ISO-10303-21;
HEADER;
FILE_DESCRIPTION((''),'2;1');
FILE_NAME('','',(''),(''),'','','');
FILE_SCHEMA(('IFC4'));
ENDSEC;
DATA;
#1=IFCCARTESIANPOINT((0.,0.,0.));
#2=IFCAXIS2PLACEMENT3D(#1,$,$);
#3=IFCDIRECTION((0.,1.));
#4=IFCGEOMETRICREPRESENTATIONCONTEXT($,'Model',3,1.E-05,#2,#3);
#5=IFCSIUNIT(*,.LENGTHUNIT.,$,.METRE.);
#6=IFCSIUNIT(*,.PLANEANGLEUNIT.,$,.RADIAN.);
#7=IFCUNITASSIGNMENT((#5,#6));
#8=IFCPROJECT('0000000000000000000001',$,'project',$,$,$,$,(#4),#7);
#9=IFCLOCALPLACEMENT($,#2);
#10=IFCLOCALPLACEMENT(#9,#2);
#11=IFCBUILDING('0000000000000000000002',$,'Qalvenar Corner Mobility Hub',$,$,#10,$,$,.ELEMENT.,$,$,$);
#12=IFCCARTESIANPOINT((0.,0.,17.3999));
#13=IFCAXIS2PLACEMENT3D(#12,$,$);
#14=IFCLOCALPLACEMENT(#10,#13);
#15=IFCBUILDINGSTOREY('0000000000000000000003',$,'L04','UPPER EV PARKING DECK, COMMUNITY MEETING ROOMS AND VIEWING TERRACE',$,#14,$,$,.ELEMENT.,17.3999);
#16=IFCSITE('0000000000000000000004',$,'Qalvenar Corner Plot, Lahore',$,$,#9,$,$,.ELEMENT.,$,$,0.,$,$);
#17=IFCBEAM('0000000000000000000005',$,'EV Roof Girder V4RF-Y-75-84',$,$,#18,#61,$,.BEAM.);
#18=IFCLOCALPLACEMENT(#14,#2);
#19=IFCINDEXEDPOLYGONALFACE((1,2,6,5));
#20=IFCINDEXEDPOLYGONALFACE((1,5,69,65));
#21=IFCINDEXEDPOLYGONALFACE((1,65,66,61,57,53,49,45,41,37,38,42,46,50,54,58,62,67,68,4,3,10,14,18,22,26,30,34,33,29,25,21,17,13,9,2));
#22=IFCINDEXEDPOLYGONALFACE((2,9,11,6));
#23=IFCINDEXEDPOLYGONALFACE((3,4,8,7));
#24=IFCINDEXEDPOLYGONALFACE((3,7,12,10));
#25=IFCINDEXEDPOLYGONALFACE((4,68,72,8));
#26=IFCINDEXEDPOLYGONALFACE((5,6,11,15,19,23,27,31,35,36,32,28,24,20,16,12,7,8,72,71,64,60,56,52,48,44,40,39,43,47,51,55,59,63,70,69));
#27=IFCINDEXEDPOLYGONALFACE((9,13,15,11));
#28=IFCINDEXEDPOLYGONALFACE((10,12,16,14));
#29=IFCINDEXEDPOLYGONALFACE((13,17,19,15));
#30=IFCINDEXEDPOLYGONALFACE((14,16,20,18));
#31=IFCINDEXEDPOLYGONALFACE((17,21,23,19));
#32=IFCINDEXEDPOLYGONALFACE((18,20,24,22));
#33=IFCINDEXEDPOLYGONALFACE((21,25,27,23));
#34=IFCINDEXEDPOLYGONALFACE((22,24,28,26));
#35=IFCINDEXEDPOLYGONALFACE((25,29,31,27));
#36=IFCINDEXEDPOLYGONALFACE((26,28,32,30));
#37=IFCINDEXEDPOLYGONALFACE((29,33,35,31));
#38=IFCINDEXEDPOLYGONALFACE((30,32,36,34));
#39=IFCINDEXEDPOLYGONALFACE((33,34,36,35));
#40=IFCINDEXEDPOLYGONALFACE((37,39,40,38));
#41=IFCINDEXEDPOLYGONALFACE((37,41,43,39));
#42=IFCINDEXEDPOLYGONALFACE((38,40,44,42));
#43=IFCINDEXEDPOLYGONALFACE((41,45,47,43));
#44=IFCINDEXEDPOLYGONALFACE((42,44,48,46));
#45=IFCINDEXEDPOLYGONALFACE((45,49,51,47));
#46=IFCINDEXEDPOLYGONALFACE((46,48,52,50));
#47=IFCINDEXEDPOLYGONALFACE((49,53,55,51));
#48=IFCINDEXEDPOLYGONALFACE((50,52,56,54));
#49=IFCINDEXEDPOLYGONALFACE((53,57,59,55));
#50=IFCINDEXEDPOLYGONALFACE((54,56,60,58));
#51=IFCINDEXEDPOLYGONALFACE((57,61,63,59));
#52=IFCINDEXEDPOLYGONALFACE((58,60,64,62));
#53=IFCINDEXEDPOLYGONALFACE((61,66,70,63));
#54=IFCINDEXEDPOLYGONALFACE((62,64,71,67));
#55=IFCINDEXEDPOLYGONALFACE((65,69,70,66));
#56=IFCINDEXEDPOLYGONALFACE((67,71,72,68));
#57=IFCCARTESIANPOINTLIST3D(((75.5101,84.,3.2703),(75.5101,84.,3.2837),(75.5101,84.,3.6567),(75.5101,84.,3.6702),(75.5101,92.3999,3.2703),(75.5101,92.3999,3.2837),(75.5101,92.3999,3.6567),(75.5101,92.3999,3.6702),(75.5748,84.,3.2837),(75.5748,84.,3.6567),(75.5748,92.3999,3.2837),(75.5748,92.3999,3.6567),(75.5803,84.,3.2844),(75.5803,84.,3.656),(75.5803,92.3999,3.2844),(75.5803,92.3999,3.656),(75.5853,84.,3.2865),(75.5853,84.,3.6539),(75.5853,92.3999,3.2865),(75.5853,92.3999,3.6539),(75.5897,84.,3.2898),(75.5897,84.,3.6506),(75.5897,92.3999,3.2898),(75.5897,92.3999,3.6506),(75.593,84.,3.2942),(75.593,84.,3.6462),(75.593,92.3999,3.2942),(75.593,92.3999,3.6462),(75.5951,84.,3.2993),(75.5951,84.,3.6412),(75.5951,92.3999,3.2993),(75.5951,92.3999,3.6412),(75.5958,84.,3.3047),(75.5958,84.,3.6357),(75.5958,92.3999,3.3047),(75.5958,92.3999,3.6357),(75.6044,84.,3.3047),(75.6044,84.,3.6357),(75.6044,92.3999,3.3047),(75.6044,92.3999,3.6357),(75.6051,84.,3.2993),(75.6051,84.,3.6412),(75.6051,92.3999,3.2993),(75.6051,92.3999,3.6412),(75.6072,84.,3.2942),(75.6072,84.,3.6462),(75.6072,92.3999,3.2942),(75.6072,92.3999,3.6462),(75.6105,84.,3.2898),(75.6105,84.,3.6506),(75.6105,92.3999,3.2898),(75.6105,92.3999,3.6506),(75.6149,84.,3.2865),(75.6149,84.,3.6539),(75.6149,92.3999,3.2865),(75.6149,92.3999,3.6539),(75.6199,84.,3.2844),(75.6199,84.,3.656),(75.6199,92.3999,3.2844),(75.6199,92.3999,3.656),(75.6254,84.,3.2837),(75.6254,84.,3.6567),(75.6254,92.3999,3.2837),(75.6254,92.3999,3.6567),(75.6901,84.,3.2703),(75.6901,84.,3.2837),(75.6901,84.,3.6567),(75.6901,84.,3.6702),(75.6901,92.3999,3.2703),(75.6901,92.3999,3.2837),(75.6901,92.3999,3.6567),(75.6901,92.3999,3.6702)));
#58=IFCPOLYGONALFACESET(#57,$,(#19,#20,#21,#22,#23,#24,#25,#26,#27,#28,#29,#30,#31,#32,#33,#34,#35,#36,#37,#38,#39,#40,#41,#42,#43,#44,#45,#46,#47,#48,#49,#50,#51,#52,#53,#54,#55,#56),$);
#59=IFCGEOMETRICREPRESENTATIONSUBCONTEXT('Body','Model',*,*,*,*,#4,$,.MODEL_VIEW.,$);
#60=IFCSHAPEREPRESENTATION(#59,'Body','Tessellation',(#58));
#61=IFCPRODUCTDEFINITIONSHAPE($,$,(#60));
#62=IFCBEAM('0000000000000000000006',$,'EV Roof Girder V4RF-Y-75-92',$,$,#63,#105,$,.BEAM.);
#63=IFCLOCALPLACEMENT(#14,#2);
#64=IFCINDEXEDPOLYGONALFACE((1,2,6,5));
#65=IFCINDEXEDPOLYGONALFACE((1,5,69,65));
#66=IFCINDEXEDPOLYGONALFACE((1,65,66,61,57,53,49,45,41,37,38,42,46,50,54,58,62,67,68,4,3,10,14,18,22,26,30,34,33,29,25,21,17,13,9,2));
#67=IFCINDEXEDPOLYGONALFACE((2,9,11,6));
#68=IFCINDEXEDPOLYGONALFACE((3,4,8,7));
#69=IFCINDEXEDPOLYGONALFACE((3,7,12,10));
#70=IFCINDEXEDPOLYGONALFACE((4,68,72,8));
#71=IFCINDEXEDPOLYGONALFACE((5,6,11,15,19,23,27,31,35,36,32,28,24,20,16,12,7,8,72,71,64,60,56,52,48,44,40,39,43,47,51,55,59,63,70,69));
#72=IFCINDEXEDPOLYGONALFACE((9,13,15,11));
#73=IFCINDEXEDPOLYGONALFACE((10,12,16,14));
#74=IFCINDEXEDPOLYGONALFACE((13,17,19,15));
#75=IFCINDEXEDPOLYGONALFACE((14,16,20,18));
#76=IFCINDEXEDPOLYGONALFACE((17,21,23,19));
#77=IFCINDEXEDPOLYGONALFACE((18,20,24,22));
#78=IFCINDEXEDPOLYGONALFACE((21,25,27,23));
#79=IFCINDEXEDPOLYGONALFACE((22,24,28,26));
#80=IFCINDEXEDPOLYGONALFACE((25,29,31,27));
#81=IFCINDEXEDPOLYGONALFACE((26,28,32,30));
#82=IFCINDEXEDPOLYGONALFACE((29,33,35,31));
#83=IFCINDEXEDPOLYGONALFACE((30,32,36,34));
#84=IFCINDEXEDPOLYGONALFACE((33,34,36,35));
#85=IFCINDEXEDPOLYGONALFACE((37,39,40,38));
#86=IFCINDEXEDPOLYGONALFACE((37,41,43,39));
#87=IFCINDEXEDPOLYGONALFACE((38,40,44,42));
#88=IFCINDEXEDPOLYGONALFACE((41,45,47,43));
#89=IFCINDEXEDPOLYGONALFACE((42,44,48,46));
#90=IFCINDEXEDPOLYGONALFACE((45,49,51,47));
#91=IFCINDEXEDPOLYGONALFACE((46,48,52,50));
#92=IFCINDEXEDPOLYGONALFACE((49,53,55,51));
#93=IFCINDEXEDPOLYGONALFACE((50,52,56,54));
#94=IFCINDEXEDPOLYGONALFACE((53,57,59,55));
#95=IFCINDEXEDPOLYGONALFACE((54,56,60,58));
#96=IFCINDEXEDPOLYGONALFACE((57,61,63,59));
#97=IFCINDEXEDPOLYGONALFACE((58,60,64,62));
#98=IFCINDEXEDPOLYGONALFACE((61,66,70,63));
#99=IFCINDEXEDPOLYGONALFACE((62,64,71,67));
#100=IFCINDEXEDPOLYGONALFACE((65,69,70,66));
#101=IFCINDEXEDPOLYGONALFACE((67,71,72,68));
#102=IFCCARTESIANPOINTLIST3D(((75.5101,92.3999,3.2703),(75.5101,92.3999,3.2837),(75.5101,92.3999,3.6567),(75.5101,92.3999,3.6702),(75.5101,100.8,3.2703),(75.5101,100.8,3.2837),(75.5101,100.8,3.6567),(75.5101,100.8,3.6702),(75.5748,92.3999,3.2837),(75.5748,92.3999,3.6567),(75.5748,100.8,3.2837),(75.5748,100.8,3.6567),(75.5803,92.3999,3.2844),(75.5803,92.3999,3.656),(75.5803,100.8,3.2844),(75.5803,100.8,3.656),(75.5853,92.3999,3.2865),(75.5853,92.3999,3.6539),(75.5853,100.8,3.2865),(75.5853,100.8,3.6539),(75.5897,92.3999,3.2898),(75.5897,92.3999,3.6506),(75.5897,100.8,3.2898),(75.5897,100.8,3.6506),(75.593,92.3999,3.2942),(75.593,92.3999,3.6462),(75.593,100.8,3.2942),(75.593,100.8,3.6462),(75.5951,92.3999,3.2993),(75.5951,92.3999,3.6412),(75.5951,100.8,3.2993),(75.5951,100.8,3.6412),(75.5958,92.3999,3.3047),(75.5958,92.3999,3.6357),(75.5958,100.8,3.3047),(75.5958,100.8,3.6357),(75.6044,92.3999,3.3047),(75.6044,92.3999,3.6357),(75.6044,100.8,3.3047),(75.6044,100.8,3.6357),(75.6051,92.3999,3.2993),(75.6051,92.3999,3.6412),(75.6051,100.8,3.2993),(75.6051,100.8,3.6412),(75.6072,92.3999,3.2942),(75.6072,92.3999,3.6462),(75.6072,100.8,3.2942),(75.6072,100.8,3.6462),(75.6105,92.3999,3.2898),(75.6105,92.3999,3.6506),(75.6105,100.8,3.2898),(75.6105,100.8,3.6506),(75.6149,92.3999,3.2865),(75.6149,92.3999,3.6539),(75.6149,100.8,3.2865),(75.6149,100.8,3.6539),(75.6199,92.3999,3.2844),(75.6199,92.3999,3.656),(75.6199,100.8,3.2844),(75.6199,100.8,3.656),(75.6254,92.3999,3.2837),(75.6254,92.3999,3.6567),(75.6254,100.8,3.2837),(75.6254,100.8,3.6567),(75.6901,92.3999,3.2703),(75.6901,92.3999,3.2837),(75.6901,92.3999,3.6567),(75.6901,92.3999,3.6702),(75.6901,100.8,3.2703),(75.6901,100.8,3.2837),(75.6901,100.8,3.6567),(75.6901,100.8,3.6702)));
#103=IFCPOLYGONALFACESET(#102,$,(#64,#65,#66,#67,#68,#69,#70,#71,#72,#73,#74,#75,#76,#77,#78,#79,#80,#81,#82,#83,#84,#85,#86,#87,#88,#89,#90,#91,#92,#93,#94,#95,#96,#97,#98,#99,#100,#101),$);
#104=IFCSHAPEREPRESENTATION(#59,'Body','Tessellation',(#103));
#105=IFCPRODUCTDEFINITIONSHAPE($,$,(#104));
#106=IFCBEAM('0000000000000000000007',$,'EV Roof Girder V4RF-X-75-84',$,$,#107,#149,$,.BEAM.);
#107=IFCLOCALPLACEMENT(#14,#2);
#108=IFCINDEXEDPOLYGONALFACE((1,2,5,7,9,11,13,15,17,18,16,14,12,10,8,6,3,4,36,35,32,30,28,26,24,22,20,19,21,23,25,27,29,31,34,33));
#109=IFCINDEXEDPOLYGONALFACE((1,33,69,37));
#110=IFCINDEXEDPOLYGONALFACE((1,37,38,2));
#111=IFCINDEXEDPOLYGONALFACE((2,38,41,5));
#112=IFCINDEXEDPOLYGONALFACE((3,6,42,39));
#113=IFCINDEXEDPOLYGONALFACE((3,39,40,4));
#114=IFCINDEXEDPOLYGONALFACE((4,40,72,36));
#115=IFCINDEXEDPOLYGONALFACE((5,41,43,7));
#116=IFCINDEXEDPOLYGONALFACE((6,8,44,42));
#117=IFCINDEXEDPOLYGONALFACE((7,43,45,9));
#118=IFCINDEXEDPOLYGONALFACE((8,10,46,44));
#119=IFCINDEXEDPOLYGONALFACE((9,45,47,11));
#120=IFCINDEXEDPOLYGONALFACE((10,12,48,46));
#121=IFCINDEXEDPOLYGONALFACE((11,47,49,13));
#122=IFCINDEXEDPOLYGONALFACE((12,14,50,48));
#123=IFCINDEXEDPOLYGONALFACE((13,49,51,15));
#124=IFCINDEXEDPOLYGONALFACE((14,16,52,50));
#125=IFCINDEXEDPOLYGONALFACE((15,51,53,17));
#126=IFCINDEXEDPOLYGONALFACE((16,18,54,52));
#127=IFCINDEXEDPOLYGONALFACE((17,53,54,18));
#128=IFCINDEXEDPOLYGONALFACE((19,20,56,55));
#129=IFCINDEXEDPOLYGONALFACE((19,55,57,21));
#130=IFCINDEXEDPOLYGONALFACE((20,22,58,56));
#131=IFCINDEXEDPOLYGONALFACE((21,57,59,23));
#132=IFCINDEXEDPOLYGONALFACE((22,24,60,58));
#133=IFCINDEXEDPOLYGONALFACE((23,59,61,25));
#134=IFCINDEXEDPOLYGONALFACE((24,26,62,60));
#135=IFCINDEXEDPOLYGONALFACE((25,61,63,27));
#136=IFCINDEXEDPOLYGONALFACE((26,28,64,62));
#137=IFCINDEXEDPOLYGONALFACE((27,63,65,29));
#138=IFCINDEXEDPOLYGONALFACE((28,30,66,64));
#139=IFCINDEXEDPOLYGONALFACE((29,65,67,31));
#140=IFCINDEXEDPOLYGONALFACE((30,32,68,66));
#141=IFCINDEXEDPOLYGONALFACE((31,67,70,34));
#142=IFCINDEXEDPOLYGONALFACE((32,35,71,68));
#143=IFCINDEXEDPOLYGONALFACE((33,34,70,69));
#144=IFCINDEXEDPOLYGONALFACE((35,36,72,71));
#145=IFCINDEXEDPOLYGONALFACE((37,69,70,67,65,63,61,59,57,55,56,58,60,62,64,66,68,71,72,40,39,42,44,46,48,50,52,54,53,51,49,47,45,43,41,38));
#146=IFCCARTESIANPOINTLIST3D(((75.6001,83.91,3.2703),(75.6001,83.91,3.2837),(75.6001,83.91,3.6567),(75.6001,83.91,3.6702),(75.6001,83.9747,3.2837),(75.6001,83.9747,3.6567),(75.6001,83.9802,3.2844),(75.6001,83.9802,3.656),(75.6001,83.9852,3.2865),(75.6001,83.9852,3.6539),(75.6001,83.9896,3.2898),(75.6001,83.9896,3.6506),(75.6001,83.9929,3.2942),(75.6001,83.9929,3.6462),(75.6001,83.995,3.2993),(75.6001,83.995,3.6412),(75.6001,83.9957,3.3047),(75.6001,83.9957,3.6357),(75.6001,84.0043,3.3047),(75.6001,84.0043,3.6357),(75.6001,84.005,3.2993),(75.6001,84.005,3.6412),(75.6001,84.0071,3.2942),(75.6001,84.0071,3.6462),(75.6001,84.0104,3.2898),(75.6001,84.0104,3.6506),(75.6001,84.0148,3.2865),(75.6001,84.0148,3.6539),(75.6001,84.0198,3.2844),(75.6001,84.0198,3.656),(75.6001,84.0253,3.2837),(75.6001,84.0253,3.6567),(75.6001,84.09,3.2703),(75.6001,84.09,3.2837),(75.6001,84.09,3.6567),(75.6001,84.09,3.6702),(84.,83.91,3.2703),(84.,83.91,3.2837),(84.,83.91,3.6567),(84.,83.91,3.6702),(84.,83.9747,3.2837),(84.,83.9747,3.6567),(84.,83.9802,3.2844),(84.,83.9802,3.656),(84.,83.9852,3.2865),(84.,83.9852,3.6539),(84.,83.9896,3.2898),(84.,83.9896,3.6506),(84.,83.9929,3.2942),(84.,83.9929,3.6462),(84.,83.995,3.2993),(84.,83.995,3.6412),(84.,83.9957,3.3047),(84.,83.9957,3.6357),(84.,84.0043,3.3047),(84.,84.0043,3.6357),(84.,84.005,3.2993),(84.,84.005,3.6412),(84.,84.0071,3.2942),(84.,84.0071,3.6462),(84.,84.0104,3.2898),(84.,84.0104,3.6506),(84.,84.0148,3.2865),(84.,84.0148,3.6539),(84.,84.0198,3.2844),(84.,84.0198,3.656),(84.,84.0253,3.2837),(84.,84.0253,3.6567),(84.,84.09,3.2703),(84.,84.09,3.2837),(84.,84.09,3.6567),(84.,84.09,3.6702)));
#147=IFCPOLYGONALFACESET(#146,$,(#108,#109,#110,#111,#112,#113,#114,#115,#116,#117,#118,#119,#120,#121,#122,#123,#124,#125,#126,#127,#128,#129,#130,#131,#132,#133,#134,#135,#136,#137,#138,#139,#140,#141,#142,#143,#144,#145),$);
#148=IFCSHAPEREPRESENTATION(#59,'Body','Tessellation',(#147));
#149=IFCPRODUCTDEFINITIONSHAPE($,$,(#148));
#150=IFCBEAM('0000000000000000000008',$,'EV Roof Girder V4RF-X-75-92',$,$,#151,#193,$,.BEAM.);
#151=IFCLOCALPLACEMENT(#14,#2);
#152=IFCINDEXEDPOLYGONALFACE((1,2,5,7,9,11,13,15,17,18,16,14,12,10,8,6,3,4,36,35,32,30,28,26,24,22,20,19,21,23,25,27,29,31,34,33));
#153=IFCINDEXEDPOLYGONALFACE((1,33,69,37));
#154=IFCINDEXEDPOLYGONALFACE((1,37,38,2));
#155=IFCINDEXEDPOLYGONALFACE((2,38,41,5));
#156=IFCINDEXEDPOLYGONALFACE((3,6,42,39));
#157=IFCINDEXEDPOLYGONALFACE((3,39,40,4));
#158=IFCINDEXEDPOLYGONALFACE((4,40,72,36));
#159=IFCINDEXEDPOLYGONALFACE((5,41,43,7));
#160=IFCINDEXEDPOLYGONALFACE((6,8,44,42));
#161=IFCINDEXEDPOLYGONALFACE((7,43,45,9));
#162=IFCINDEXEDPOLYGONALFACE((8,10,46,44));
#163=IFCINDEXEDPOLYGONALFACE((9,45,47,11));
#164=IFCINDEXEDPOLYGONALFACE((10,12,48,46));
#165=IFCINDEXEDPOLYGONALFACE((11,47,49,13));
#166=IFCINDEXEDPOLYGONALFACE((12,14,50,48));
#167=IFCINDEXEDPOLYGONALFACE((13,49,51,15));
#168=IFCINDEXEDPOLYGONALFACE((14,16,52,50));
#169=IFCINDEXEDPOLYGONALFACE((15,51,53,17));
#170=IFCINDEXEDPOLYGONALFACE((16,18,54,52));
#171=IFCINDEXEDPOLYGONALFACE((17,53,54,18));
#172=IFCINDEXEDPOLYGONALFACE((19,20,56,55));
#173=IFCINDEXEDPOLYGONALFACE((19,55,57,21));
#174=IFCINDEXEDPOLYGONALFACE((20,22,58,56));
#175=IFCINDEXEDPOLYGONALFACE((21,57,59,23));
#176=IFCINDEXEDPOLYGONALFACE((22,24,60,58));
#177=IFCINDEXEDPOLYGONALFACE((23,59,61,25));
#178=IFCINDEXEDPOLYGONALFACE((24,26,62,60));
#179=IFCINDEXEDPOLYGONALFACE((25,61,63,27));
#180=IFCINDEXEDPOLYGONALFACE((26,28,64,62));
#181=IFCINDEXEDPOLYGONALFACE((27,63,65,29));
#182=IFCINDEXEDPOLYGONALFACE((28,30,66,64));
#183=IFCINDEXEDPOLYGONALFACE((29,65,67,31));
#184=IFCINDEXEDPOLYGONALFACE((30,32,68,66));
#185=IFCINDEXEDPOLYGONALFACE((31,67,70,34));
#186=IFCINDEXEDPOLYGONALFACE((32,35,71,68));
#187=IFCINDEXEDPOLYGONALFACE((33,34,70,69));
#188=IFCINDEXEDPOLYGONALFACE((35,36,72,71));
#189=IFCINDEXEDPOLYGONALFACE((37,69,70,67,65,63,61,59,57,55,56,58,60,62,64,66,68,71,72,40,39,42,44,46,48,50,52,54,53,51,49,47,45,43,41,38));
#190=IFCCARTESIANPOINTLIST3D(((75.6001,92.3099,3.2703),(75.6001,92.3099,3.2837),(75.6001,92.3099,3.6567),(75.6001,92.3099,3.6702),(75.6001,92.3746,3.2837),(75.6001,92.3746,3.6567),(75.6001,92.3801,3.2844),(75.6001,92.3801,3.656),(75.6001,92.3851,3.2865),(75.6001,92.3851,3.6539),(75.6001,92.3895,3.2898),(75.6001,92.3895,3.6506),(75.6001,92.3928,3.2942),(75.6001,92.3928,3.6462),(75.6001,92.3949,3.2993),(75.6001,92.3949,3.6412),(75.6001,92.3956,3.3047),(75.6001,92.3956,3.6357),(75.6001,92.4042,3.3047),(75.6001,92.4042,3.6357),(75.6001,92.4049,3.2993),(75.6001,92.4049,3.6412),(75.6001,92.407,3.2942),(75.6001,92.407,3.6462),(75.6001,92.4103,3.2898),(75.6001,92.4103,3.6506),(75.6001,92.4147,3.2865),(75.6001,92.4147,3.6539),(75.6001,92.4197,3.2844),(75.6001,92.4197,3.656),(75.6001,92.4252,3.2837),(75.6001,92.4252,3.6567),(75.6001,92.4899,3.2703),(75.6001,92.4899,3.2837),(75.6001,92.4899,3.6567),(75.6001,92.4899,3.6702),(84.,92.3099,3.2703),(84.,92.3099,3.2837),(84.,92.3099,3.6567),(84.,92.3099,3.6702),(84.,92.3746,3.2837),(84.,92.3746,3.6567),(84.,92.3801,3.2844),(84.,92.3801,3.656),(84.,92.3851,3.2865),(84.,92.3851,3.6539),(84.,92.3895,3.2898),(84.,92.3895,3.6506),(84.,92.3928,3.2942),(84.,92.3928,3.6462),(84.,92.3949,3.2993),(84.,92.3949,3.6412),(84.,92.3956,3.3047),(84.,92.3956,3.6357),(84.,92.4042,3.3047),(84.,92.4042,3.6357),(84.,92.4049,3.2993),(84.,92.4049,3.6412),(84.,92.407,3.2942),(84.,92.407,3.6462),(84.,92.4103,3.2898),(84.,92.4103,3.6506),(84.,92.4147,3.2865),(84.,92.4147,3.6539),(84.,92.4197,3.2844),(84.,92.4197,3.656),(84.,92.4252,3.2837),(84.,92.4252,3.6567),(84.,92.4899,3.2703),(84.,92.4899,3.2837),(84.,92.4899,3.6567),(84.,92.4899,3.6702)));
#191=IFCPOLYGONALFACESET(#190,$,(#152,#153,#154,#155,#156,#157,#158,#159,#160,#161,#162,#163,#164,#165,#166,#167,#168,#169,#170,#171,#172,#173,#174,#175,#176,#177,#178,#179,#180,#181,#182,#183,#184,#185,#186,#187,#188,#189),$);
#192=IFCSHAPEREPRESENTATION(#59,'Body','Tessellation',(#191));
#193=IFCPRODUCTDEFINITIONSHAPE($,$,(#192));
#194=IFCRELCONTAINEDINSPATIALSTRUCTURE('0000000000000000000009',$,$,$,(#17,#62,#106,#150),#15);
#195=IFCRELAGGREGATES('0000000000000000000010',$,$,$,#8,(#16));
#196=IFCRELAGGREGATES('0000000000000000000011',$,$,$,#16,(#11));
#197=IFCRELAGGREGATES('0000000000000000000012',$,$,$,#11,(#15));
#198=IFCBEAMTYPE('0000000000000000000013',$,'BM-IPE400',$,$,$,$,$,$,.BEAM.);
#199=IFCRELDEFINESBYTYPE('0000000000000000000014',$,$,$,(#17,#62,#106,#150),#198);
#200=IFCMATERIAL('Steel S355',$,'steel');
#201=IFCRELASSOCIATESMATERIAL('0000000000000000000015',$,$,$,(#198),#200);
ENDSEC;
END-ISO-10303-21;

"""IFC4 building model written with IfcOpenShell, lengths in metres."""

from ifc_helpers import new_model, si_unit, direction, frame, origin, origin_2d, place, context, subcontext, project, spatial, i_section, extrude, material, material_profile, profile_set, type_object, element, save


model = new_model("IFC4")

# Units and contexts
model_context = context("Model", 3, precision=1e-05, world=origin(), true_north=direction((0.0, 1.0)))
body_context = subcontext(model_context, "Body", "Model", "MODEL_VIEW")
ifc_project = project(units=[si_unit("LENGTHUNIT", "METRE"), si_unit("PLANEANGLEUNIT", "RADIAN")], contexts=[model_context])

# Site, building, storey
site_placement = place(None, origin())
site = spatial("IfcSite", under=ifc_project, at=site_placement, Name="Qalvenar Corner Plot, Lahore", CompositionType="ELEMENT", RefElevation=0.0)
building_placement = place(site_placement, origin())
building = spatial("IfcBuilding", under=site, at=building_placement, Name="Qalvenar Corner Mobility Hub", CompositionType="ELEMENT")
storey_placement = place(building_placement, frame((0.0, 0.0, 17.3999)))
storey = spatial("IfcBuildingStorey", under=building, at=storey_placement, Name="L04", Description="UPPER EV PARKING DECK, COMMUNITY MEETING ROOMS AND VIEWING TERRACE", CompositionType="ELEMENT", Elevation=17.3999)

# Shared definitions
ifc_material_1 = material(Name="Steel S355", Category="steel")

# Beams
ifc_material_profile_1 = material_profile(ifc_material_1, i_section(OverallWidth=0.1799, OverallDepth=0.3999, WebThickness=0.0085, FlangeThickness=0.0134, FilletRadius=0.021, at=origin_2d()), Name="IPE400")
ifc_profile_set_1 = profile_set([ifc_material_profile_1], Name="Steel S355")
beam_type_1 = type_object("IfcBeamType", Name="BM-IPE400", PredefinedType="BEAM", material=ifc_profile_set_1)
for number, where, z_axis, x_axis, name in (
    (1, (75.6001, 84.0, 3.4702), (0.0, 1.0, 0.0), (-1.0, 0.0, 0.0), "EV Roof Girder V4RF-Y-75-84"),
):
    element("IfcBeam", number, at=place(storey_placement, frame(where, z_axis=z_axis, x_axis=x_axis)), inside=storey, type_object=beam_type_1, Name=name, PredefinedType="BEAM", context=body_context, shape_type="SweptSolid", body=[
        extrude(i_section(OverallWidth=0.1799, OverallDepth=0.3999, WebThickness=0.0085, FlangeThickness=0.0134, FilletRadius=0.021, at=origin_2d()), origin(), (0.0, 0.0, 1.0), 8.3999),
    ])
beam_1_placement = place(storey_placement, frame((75.6001, 92.3999, 3.4702), z_axis=(0.0, 1.0, 0.0), x_axis=(-1.0, 0.0, 0.0)))
element("IfcBeam", 2, at=beam_1_placement, inside=storey, type_object=beam_type_1, Name="EV Roof Girder V4RF-Y-75-92", PredefinedType="BEAM", context=body_context, shape_type="SweptSolid", body=[
    extrude(i_section(OverallWidth=0.1799, OverallDepth=0.3999, WebThickness=0.0085, FlangeThickness=0.0134, FilletRadius=0.021, at=origin_2d()), origin(), (0.0, 0.0, 1.0), 8.4001),
])
for number, where, z_axis, x_axis, name in (
    (3, (75.6001, 84.0, 3.4702), (1.0, 0.0, 0.0), (0.0, 1.0, 0.0), "EV Roof Girder V4RF-X-75-84"),
    (4, (75.6001, 92.3999, 3.4702), (1.0, 0.0, 0.0), (0.0, 1.0, 0.0), "EV Roof Girder V4RF-X-75-92"),
):
    element("IfcBeam", number, at=place(storey_placement, frame(where, z_axis=z_axis, x_axis=x_axis)), inside=storey, type_object=beam_type_1, Name=name, PredefinedType="BEAM", context=body_context, shape_type="SweptSolid", body=[
        extrude(i_section(OverallWidth=0.1799, OverallDepth=0.3999, WebThickness=0.0085, FlangeThickness=0.0134, FilletRadius=0.021, at=origin_2d()), origin(), (0.0, 0.0, 1.0), 8.3999),
    ])

save(model, "model.ifc")
